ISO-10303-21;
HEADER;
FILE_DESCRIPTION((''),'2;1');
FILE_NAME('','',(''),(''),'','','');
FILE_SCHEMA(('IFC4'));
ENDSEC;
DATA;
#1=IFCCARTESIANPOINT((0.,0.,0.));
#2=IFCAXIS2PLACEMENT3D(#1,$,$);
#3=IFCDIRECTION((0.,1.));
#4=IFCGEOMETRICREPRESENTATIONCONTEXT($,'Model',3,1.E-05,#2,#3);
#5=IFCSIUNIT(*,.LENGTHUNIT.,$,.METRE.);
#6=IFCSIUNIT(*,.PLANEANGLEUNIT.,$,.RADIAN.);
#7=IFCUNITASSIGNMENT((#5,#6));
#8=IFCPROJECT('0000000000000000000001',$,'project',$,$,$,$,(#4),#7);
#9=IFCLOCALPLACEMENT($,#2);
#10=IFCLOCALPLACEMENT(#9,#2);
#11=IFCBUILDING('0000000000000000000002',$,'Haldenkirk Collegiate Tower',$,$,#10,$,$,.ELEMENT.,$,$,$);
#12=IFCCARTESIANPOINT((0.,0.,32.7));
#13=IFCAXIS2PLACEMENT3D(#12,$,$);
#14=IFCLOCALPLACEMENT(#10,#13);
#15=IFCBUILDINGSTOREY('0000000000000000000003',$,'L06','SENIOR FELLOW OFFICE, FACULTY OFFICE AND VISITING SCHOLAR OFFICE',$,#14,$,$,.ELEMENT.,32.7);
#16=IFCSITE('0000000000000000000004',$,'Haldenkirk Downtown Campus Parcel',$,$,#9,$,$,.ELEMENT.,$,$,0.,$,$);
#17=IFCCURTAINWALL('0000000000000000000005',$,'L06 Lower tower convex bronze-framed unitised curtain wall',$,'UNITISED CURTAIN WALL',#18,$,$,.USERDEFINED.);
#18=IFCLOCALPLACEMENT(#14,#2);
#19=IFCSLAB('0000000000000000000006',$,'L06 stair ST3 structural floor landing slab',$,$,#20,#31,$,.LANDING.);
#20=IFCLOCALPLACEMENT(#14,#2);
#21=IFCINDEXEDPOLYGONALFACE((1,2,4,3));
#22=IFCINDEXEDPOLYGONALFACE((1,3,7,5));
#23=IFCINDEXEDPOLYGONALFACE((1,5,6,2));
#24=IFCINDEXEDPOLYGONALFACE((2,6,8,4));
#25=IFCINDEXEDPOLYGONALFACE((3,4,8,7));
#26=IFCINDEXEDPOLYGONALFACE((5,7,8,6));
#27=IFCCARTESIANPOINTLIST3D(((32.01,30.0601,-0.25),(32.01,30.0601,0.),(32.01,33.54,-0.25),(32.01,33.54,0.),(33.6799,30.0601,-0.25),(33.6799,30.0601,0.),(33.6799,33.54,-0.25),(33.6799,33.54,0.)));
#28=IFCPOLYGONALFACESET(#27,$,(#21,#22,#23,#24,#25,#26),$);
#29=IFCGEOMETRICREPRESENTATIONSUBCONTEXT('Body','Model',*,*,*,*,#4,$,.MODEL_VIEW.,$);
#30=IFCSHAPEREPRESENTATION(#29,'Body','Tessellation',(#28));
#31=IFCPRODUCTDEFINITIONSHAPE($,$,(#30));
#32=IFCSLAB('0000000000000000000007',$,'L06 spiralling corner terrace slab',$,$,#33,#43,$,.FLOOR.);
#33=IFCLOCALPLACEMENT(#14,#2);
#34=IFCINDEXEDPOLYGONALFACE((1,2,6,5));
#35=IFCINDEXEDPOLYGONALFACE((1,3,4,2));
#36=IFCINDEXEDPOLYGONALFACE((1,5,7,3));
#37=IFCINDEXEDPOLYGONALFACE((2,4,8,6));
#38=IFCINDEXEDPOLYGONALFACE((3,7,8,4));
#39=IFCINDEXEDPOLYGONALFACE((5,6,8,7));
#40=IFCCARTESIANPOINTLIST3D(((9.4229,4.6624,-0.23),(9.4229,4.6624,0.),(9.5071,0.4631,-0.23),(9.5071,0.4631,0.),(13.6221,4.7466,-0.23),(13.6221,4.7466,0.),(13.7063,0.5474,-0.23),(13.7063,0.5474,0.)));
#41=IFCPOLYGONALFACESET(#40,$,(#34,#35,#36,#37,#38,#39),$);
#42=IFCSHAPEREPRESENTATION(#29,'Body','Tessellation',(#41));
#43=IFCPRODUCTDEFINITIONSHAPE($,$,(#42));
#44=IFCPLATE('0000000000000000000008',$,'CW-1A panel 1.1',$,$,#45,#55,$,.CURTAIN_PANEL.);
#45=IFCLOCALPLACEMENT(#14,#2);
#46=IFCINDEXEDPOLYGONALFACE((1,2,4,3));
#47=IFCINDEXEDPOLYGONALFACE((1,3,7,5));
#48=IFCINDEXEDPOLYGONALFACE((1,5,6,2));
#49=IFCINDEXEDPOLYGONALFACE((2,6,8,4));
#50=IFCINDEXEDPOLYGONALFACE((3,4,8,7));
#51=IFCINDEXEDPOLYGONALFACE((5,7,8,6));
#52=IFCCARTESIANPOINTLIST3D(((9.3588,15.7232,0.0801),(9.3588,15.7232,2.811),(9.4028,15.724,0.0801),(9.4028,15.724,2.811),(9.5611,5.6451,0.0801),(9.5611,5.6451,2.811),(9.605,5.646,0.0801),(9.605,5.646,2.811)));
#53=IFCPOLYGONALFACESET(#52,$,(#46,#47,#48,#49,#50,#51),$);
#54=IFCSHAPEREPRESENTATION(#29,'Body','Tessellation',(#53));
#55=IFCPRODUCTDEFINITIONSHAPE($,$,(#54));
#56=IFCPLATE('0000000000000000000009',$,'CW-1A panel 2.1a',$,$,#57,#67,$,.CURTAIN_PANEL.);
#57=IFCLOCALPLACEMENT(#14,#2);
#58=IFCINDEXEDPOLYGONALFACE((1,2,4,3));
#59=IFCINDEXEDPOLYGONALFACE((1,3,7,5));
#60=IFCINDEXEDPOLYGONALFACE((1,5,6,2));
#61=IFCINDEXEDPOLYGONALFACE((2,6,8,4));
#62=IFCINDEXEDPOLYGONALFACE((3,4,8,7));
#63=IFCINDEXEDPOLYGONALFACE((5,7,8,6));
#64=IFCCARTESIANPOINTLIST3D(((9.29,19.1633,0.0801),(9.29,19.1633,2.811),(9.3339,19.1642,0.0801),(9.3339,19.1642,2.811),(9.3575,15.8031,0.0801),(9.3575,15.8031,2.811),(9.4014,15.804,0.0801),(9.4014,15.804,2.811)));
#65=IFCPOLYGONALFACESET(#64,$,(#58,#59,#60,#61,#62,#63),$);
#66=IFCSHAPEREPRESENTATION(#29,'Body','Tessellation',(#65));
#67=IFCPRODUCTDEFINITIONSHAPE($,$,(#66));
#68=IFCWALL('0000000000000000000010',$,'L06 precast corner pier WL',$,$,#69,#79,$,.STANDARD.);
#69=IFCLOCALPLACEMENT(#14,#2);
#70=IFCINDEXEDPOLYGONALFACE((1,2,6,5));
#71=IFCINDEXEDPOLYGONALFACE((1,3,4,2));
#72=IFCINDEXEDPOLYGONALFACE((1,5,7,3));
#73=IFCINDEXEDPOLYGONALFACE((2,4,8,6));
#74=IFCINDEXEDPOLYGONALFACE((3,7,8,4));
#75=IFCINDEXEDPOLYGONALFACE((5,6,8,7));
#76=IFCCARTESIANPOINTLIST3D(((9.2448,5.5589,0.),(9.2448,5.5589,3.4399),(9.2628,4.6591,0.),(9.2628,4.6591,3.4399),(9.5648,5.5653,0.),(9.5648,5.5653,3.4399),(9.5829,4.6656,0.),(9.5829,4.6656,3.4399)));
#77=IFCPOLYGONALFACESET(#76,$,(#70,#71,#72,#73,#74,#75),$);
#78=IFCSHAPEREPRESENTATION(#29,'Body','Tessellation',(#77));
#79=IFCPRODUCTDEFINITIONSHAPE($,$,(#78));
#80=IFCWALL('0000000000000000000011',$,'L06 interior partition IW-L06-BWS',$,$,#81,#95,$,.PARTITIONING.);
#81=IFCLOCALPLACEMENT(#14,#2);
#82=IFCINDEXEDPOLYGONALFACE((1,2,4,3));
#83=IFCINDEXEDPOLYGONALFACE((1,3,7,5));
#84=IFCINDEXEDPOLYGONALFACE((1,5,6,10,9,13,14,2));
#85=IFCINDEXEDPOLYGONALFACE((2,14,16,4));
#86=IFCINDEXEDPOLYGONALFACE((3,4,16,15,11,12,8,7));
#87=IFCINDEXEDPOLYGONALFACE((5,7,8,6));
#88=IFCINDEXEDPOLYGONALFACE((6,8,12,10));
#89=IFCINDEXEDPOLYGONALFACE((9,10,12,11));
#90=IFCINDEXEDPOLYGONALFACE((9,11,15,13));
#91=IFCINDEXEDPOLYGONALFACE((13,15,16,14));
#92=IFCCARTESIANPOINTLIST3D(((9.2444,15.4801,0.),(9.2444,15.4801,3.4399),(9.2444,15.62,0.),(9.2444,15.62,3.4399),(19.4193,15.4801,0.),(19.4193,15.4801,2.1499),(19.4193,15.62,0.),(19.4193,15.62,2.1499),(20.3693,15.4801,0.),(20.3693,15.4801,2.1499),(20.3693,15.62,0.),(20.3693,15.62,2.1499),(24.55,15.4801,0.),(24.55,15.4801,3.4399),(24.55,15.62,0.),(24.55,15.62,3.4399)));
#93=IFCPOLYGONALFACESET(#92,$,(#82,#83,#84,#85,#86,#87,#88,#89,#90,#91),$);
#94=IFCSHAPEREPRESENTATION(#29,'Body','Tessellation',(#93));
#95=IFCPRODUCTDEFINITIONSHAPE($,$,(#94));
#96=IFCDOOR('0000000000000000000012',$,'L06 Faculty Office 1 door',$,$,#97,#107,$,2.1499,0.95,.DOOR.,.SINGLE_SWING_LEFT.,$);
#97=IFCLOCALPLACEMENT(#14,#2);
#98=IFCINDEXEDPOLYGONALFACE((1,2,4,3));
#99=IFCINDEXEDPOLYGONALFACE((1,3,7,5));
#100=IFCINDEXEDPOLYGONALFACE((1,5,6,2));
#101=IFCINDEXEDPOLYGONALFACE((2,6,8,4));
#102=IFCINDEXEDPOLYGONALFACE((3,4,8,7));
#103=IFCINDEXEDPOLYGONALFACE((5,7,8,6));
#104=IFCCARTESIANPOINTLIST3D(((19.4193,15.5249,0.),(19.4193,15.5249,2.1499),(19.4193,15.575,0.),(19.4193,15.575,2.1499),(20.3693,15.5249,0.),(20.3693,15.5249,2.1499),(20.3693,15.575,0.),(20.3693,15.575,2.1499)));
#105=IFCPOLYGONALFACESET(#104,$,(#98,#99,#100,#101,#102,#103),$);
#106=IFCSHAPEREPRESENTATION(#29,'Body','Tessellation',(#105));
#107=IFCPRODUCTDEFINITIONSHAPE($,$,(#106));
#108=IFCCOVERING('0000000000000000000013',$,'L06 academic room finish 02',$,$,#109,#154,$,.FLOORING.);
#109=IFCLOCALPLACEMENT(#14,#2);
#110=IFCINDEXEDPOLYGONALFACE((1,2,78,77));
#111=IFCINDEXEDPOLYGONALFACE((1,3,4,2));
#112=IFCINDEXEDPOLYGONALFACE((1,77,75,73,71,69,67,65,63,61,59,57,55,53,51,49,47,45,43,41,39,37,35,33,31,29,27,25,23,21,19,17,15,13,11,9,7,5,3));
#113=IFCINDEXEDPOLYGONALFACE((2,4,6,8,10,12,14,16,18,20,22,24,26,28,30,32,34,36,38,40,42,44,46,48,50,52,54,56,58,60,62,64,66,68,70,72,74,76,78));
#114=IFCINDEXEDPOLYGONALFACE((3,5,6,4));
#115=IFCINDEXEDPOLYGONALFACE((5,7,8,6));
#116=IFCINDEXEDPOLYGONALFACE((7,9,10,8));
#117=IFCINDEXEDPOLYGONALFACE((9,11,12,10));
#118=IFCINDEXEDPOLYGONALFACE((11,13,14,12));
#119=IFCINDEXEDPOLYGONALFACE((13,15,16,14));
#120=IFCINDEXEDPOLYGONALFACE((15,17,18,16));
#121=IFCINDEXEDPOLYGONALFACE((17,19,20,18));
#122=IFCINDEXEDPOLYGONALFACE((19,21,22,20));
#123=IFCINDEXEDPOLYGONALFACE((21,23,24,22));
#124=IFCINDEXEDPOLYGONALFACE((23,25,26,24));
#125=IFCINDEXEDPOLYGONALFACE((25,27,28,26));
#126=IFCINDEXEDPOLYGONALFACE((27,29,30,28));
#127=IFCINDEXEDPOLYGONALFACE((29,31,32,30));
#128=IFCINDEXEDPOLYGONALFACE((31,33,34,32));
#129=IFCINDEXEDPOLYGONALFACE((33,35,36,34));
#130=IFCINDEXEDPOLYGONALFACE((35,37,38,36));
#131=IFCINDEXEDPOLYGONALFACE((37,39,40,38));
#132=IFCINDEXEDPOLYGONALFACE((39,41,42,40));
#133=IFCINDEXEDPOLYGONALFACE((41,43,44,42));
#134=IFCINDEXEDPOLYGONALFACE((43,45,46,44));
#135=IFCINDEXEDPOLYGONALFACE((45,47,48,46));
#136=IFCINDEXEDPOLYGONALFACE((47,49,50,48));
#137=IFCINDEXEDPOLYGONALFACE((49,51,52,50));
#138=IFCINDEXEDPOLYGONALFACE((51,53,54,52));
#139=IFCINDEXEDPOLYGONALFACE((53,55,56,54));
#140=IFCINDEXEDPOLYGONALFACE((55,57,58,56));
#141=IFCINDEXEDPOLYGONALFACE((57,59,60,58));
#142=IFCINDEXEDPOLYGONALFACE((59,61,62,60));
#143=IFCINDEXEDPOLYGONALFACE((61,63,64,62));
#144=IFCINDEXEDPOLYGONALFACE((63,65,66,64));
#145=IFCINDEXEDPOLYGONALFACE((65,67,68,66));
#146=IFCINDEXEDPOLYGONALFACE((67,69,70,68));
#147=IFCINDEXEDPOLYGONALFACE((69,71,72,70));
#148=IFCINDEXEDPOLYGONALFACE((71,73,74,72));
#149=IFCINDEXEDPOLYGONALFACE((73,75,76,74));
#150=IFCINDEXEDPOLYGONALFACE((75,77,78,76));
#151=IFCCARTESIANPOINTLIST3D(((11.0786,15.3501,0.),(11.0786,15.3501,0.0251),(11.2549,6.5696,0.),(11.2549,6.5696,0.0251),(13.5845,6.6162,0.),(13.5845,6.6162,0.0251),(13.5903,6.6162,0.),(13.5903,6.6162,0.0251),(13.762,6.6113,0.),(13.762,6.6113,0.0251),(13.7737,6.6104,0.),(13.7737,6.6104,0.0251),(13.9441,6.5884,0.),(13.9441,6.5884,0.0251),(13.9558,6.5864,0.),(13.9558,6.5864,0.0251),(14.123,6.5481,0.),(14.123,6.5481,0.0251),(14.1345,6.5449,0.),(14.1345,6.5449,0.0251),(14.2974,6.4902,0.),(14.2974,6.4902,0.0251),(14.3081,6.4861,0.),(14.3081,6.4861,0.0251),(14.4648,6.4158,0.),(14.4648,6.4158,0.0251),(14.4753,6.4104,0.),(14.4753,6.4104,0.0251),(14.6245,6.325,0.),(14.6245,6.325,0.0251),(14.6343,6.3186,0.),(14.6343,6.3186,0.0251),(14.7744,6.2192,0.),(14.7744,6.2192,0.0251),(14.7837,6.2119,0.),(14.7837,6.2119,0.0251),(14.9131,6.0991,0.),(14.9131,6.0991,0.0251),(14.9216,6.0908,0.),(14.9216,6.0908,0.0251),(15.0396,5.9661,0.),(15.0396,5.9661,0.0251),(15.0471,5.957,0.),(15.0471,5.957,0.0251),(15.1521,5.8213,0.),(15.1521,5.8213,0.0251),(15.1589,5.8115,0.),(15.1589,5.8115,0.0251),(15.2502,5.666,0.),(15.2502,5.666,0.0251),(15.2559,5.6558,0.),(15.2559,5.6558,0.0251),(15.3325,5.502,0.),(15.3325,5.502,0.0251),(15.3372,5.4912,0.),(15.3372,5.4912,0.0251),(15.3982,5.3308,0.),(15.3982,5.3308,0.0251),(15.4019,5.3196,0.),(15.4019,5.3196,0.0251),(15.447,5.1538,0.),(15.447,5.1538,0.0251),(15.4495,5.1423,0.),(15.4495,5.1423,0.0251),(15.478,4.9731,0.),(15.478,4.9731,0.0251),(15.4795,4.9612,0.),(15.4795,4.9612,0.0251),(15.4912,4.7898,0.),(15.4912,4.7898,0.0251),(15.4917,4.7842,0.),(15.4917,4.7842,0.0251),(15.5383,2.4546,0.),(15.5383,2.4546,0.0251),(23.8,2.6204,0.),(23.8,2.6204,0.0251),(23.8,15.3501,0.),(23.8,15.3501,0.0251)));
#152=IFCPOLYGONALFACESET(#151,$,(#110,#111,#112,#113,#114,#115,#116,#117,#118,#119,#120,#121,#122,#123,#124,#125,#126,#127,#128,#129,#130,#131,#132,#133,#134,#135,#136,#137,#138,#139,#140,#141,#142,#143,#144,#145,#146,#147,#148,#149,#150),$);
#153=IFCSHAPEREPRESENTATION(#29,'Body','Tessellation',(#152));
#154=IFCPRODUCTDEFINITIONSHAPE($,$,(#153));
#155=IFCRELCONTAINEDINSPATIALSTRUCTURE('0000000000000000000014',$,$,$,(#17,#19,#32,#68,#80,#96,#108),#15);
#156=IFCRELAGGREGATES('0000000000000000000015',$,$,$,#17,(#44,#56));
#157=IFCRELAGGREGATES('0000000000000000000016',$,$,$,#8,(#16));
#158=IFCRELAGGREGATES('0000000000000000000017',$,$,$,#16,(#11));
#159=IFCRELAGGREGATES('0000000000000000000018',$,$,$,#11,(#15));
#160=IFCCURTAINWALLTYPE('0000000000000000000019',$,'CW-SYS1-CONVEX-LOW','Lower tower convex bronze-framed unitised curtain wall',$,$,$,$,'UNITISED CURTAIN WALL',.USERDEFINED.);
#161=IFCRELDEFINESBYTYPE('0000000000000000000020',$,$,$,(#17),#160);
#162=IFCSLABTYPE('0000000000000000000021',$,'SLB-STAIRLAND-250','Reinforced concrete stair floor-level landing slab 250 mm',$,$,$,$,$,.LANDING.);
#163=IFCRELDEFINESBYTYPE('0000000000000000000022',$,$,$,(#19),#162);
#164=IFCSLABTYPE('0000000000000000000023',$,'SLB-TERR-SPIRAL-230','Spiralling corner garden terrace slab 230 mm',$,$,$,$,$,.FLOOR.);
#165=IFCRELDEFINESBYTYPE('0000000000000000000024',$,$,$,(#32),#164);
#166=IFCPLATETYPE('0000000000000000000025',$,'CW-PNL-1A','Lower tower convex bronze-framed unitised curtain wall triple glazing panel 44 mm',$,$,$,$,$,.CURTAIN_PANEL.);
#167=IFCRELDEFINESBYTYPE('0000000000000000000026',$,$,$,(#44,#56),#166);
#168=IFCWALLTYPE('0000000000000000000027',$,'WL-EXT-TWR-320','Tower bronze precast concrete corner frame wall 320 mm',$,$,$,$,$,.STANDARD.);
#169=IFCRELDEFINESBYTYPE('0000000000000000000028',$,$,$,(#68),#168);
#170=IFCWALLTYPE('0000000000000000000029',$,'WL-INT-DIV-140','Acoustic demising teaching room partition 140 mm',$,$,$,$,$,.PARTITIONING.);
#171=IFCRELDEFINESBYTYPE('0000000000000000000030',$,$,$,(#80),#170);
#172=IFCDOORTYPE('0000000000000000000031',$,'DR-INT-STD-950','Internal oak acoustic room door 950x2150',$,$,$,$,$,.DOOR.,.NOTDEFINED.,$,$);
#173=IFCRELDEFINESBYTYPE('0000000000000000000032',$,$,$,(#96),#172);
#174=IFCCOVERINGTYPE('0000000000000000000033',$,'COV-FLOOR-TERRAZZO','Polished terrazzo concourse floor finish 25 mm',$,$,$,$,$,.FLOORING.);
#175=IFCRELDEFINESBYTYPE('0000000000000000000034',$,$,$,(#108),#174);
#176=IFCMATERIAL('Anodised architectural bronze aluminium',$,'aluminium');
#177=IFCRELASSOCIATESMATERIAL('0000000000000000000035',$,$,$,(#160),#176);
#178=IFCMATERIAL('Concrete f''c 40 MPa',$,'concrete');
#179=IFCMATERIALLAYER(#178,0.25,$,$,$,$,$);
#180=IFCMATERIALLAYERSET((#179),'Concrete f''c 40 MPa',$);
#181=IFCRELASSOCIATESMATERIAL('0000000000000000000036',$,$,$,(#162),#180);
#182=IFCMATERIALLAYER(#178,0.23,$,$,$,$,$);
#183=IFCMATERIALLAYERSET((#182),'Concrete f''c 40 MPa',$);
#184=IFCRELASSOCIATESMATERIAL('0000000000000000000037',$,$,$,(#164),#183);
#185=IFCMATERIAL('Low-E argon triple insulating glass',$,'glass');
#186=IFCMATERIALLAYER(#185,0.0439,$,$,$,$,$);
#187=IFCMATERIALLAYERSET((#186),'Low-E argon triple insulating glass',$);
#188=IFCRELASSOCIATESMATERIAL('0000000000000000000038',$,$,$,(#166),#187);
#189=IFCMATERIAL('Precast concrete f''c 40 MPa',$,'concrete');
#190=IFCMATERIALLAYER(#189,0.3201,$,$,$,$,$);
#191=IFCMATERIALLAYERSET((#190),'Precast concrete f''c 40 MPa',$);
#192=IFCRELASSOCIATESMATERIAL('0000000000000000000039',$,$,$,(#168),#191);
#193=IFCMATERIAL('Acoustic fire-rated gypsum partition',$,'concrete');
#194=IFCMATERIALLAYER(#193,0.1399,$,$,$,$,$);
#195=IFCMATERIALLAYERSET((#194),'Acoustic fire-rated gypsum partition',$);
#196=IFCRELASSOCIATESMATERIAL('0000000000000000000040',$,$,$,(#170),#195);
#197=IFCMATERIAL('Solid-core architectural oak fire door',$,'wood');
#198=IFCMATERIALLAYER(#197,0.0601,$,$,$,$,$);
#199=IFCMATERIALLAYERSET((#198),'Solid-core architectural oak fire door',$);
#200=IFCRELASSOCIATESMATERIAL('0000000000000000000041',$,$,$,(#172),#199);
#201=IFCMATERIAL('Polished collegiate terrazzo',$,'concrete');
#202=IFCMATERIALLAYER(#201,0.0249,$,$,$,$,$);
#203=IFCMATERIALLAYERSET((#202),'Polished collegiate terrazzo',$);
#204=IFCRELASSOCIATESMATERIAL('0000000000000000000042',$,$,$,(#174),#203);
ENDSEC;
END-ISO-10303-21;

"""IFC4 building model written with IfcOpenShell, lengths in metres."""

from ifc_helpers import new_model, si_unit, direction, frame, frame_2d, origin, origin_2d, place, context, subcontext, project, spatial, polyline, rectangle, outline, extrude, source, transform, mapped, material, layer, layer_set, type_object, element, fill, aggregate, save


model = new_model("IFC4")

# Units and contexts
model_context = context("Model", 3, precision=1e-05, world=origin(), true_north=direction((0.0, 1.0)))
body_context = subcontext(model_context, "Body", "Model", "MODEL_VIEW")
ifc_project = project(units=[si_unit("LENGTHUNIT", "METRE"), si_unit("PLANEANGLEUNIT", "RADIAN")], contexts=[model_context])

# Site, building, storey
site_placement = place(None, origin())
site = spatial("IfcSite", under=ifc_project, at=site_placement, Name="Haldenkirk Downtown Campus Parcel", CompositionType="ELEMENT", RefElevation=0.0)
building_placement = place(site_placement, origin())
building = spatial("IfcBuilding", under=site, at=building_placement, Name="Haldenkirk Collegiate Tower", CompositionType="ELEMENT")
storey_placement = place(building_placement, frame((0.0, 0.0, 32.7)))
storey = spatial("IfcBuildingStorey", under=building, at=storey_placement, Name="L06", Description="SENIOR FELLOW OFFICE, FACULTY OFFICE AND VISITING SCHOLAR OFFICE", CompositionType="ELEMENT", Elevation=32.7)

# Curtain wall
ifc_material_1 = material(Name="Anodised architectural bronze aluminium", Category="aluminium")
curtain_wall_type = type_object("IfcCurtainWallType", Name="CW-SYS1-CONVEX-LOW", Description="Lower tower convex bronze-framed unitised curtain wall", ElementType="UNITISED CURTAIN WALL", PredefinedType="USERDEFINED", material=ifc_material_1)
curtain_wall_placement = place(storey_placement, origin())
curtain_wall = element("IfcCurtainWall", 1, at=curtain_wall_placement, inside=storey, type_object=curtain_wall_type, Name="L06 Lower tower convex bronze-framed unitised curtain wall", ObjectType="UNITISED CURTAIN WALL", PredefinedType="USERDEFINED")

# Shared definitions
ifc_material_2 = material(Name="Concrete f'c 40 MPa", Category="concrete")

# Slabs
ifc_layer_1 = layer(ifc_material_2, 0.25)
ifc_layer_set_1 = layer_set([ifc_layer_1], Name="Concrete f'c 40 MPa")
slab_type_1 = type_object("IfcSlabType", Name="SLB-STAIRLAND-250", Description="Reinforced concrete stair floor-level landing slab 250 mm", PredefinedType="LANDING", material=ifc_layer_set_1)
slab_1_placement = place(storey_placement, frame((0.0, 0.0, -0.25)))
element("IfcSlab", 2, at=slab_1_placement, inside=storey, type_object=slab_type_1, Name="L06 stair ST3 structural floor landing slab", PredefinedType="LANDING", context=body_context, shape_type="SweptSolid", body=[
    extrude(outline(polyline([(32.01, 30.0601), (33.6799, 30.0601), (33.6799, 33.54), (32.01, 33.54), (32.01, 30.0601)])), origin(), (0.0, 0.0, 1.0), 0.25),
])
ifc_layer_2 = layer(ifc_material_2, 0.23)
ifc_layer_set_2 = layer_set([ifc_layer_2], Name="Concrete f'c 40 MPa")
slab_type_2 = type_object("IfcSlabType", Name="SLB-TERR-SPIRAL-230", Description="Spiralling corner garden terrace slab 230 mm", PredefinedType="FLOOR", material=ifc_layer_set_2)
slab_2_placement = place(storey_placement, frame((0.0, 0.0, -0.23)))
element("IfcSlab", 3, at=slab_2_placement, inside=storey, type_object=slab_type_2, Name="L06 spiralling corner terrace slab", PredefinedType="FLOOR", context=body_context, shape_type="SweptSolid", body=[
    extrude(outline(polyline([(9.5071, 0.4631), (13.7063, 0.5474), (13.6221, 4.7466), (9.4229, 4.6624), (9.5071, 0.4631)])), origin(), (0.0, 0.0, 1.0), 0.23),
])

# Plates
ifc_material_3 = material(Name="Low-E argon triple insulating glass", Category="glass")
ifc_layer_3 = layer(ifc_material_3, 0.0439)
ifc_layer_set_3 = layer_set([ifc_layer_3], Name="Low-E argon triple insulating glass")
plate_type = type_object("IfcPlateType", Name="CW-PNL-1A", Description="Lower tower convex bronze-framed unitised curtain wall triple glazing panel 44 mm", PredefinedType="CURTAIN_PANEL", material=ifc_layer_set_3)
shared_shape_1 = source(origin(), body_context, "Body", "SweptSolid", [
    extrude(rectangle(XDim=10.0801, YDim=0.0439, at=origin_2d()), origin(), (0.0, 0.0, 1.0), 2.731),
])
plate_1_placement = place(storey_placement, frame((9.4819, 10.6846, 0.0801), z_axis=(0.0, 0.0, 1.0), x_axis=(-0.020069, 0.999799, 0.0)))
plate_1 = element("IfcPlate", 4, at=plate_1_placement, type_object=plate_type, Name="CW-1A panel 1.1", PredefinedType="CURTAIN_PANEL", context=body_context, shape_type="MappedRepresentation", body=[
    mapped(shared_shape_1, transform((0.0, 0.0, 0.0), x_axis=(1.0, 0.0, 0.0), y_axis=(0.0, 1.0, 0.0), z_axis=(0.0, 0.0, 1.0), scale=1.0)),
])
shared_shape_2 = source(origin(), body_context, "Body", "SweptSolid", [
    extrude(rectangle(XDim=3.3608, YDim=0.0439, at=origin_2d()), origin(), (0.0, 0.0, 1.0), 2.731),
])
plate_2_placement = place(storey_placement, frame((9.3457, 17.4836, 0.0801), z_axis=(0.0, 0.0, 1.0), x_axis=(-0.020069, 0.999799, 0.0)))
plate_2 = element("IfcPlate", 5, at=plate_2_placement, type_object=plate_type, Name="CW-1A panel 2.1a", PredefinedType="CURTAIN_PANEL", context=body_context, shape_type="MappedRepresentation", body=[
    mapped(shared_shape_2, transform((0.0, 0.0, 0.0), x_axis=(1.0, 0.0, 0.0), y_axis=(0.0, 1.0, 0.0), z_axis=(0.0, 0.0, 1.0), scale=1.0)),
])
aggregate(curtain_wall, [plate_1, plate_2])

# Wall
ifc_material_4 = material(Name="Precast concrete f'c 40 MPa", Category="concrete")
ifc_layer_4 = layer(ifc_material_4, 0.3201)
ifc_layer_set_4 = layer_set([ifc_layer_4], Name="Precast concrete f'c 40 MPa")
wall_type_1 = type_object("IfcWallType", Name="WL-EXT-TWR-320", Description="Tower bronze precast concrete corner frame wall 320 mm", PredefinedType="STANDARD", material=ifc_layer_set_4)
wall_1_placement = place(storey_placement, frame((9.4229, 4.6624, 0.0), z_axis=(0.0, 0.0, 1.0), x_axis=(-0.020077, 0.999798, 0.0)))
element("IfcWall", 6, at=wall_1_placement, inside=storey, type_object=wall_type_1, Name="L06 precast corner pier WL", PredefinedType="STANDARD", context=body_context, shape_type="SweptSolid", body=[
    extrude(rectangle(XDim=0.8999, YDim=0.3201, at=frame_2d((0.45, 0.0))), origin(), (0.0, 0.0, 1.0), 3.4399),
])

# Wall, opening, door
ifc_material_5 = material(Name="Acoustic fire-rated gypsum partition", Category="concrete")
ifc_layer_5 = layer(ifc_material_5, 0.1399)
ifc_layer_set_5 = layer_set([ifc_layer_5], Name="Acoustic fire-rated gypsum partition")
wall_type_2 = type_object("IfcWallType", Name="WL-INT-DIV-140", Description="Acoustic demising teaching room partition 140 mm", PredefinedType="PARTITIONING", material=ifc_layer_set_5)
wall_2_placement = place(storey_placement, frame((9.2444, 15.55, 0.0), z_axis=(0.0, 0.0, 1.0), x_axis=(1.0, 0.0, 0.0)))
wall_2 = element("IfcWall", 7, at=wall_2_placement, inside=storey, type_object=wall_type_2, Name="L06 interior partition IW-L06-BWS", PredefinedType="PARTITIONING", context=body_context, shape_type="SweptSolid", body=[
    extrude(rectangle(XDim=15.3057, YDim=0.1399, at=frame_2d((7.6528, 0.0))), origin(), (0.0, 0.0, 1.0), 3.4399),
])
opening_placement = place(wall_2_placement, frame((10.1748, 0.0, 0.0)))
opening = element("IfcOpeningElement", 8, at=opening_placement, cuts=wall_2, PredefinedType="OPENING", context=body_context, shape_type="SweptSolid", body=[
    extrude(rectangle(XDim=0.95, YDim=2.1499, at=frame_2d((0.4751, 1.075))), frame((0.0, 0.0798, 0.0), z_axis=(0.0, -1.0, 0.0), x_axis=(1.0, 0.0, 0.0)), (0.0, 0.0, 1.0), 0.1599),
])
ifc_material_6 = material(Name="Solid-core architectural oak fire door", Category="wood")
ifc_layer_6 = layer(ifc_material_6, 0.0601)
ifc_layer_set_6 = layer_set([ifc_layer_6], Name="Solid-core architectural oak fire door")
door_type = type_object("IfcDoorType", Name="DR-INT-STD-950", Description="Internal oak acoustic room door 950x2150", OperationType="NOTDEFINED", PredefinedType="DOOR", material=ifc_layer_set_6)
door_placement = place(opening_placement, origin())
door = element("IfcDoor", 9, at=door_placement, inside=storey, type_object=door_type, Name="L06 Faculty Office 1 door", OperationType="SINGLE_SWING_LEFT", OverallHeight=2.1499, OverallWidth=0.95, PredefinedType="DOOR", context=body_context, shape_type="SweptSolid", body=[
    extrude(rectangle(XDim=0.95, YDim=2.1499, at=frame_2d((0.4751, 1.075))), frame((0.0, 0.0249, 0.0), z_axis=(0.0, -1.0, 0.0), x_axis=(1.0, 0.0, 0.0)), (0.0, 0.0, 1.0), 0.05),
])
fill(opening, door)

# Covering
ifc_material_7 = material(Name="Polished collegiate terrazzo", Category="concrete")
ifc_layer_7 = layer(ifc_material_7, 0.0249)
ifc_layer_set_7 = layer_set([ifc_layer_7], Name="Polished collegiate terrazzo")
covering_type_1 = type_object("IfcCoveringType", Name="COV-FLOOR-TERRAZZO", Description="Polished terrazzo concourse floor finish 25 mm", PredefinedType="FLOORING", material=ifc_layer_set_7)
covering_1_placement = place(storey_placement, origin())
element("IfcCovering", 10, at=covering_1_placement, inside=storey, type_object=covering_type_1, Name="L06 academic room finish 02", PredefinedType="FLOORING", context=body_context, shape_type="SweptSolid", body=[
    extrude(outline(polyline([(15.2559, 5.6558), (15.2502, 5.666), (15.1589, 5.8115), (15.1521, 5.8213), (15.0471, 5.957), (15.0396, 5.9661), (14.9216, 6.0908), (14.9131, 6.0991), (14.7837, 6.2119), (14.7744, 6.2192), (14.6343, 6.3186), (14.6245, 6.325), (14.4753, 6.4104), (14.4648, 6.4158), (14.3081, 6.4861), (14.2974, 6.4902), (14.1345, 6.5449), (14.123, 6.5481), (13.9558, 6.5864), (13.9441, 6.5884), (13.7737, 6.6104), (13.762, 6.6113), (13.5903, 6.6162), (13.5845, 6.6162), (11.2549, 6.5696), (11.0786, 15.3501), (23.8, 15.3501), (23.8, 2.6204), (15.5383, 2.4546), (15.4917, 4.7842), (15.4912, 4.7898), (15.4795, 4.9612), (15.478, 4.9731), (15.4495, 5.1423), (15.447, 5.1538), (15.4019, 5.3196), (15.3982, 5.3308), (15.3372, 5.4912), (15.3325, 5.502), (15.2559, 5.6558)])), origin(), (0.0, 0.0, 1.0), 0.0251),
])

save(model, "model.ifc")
